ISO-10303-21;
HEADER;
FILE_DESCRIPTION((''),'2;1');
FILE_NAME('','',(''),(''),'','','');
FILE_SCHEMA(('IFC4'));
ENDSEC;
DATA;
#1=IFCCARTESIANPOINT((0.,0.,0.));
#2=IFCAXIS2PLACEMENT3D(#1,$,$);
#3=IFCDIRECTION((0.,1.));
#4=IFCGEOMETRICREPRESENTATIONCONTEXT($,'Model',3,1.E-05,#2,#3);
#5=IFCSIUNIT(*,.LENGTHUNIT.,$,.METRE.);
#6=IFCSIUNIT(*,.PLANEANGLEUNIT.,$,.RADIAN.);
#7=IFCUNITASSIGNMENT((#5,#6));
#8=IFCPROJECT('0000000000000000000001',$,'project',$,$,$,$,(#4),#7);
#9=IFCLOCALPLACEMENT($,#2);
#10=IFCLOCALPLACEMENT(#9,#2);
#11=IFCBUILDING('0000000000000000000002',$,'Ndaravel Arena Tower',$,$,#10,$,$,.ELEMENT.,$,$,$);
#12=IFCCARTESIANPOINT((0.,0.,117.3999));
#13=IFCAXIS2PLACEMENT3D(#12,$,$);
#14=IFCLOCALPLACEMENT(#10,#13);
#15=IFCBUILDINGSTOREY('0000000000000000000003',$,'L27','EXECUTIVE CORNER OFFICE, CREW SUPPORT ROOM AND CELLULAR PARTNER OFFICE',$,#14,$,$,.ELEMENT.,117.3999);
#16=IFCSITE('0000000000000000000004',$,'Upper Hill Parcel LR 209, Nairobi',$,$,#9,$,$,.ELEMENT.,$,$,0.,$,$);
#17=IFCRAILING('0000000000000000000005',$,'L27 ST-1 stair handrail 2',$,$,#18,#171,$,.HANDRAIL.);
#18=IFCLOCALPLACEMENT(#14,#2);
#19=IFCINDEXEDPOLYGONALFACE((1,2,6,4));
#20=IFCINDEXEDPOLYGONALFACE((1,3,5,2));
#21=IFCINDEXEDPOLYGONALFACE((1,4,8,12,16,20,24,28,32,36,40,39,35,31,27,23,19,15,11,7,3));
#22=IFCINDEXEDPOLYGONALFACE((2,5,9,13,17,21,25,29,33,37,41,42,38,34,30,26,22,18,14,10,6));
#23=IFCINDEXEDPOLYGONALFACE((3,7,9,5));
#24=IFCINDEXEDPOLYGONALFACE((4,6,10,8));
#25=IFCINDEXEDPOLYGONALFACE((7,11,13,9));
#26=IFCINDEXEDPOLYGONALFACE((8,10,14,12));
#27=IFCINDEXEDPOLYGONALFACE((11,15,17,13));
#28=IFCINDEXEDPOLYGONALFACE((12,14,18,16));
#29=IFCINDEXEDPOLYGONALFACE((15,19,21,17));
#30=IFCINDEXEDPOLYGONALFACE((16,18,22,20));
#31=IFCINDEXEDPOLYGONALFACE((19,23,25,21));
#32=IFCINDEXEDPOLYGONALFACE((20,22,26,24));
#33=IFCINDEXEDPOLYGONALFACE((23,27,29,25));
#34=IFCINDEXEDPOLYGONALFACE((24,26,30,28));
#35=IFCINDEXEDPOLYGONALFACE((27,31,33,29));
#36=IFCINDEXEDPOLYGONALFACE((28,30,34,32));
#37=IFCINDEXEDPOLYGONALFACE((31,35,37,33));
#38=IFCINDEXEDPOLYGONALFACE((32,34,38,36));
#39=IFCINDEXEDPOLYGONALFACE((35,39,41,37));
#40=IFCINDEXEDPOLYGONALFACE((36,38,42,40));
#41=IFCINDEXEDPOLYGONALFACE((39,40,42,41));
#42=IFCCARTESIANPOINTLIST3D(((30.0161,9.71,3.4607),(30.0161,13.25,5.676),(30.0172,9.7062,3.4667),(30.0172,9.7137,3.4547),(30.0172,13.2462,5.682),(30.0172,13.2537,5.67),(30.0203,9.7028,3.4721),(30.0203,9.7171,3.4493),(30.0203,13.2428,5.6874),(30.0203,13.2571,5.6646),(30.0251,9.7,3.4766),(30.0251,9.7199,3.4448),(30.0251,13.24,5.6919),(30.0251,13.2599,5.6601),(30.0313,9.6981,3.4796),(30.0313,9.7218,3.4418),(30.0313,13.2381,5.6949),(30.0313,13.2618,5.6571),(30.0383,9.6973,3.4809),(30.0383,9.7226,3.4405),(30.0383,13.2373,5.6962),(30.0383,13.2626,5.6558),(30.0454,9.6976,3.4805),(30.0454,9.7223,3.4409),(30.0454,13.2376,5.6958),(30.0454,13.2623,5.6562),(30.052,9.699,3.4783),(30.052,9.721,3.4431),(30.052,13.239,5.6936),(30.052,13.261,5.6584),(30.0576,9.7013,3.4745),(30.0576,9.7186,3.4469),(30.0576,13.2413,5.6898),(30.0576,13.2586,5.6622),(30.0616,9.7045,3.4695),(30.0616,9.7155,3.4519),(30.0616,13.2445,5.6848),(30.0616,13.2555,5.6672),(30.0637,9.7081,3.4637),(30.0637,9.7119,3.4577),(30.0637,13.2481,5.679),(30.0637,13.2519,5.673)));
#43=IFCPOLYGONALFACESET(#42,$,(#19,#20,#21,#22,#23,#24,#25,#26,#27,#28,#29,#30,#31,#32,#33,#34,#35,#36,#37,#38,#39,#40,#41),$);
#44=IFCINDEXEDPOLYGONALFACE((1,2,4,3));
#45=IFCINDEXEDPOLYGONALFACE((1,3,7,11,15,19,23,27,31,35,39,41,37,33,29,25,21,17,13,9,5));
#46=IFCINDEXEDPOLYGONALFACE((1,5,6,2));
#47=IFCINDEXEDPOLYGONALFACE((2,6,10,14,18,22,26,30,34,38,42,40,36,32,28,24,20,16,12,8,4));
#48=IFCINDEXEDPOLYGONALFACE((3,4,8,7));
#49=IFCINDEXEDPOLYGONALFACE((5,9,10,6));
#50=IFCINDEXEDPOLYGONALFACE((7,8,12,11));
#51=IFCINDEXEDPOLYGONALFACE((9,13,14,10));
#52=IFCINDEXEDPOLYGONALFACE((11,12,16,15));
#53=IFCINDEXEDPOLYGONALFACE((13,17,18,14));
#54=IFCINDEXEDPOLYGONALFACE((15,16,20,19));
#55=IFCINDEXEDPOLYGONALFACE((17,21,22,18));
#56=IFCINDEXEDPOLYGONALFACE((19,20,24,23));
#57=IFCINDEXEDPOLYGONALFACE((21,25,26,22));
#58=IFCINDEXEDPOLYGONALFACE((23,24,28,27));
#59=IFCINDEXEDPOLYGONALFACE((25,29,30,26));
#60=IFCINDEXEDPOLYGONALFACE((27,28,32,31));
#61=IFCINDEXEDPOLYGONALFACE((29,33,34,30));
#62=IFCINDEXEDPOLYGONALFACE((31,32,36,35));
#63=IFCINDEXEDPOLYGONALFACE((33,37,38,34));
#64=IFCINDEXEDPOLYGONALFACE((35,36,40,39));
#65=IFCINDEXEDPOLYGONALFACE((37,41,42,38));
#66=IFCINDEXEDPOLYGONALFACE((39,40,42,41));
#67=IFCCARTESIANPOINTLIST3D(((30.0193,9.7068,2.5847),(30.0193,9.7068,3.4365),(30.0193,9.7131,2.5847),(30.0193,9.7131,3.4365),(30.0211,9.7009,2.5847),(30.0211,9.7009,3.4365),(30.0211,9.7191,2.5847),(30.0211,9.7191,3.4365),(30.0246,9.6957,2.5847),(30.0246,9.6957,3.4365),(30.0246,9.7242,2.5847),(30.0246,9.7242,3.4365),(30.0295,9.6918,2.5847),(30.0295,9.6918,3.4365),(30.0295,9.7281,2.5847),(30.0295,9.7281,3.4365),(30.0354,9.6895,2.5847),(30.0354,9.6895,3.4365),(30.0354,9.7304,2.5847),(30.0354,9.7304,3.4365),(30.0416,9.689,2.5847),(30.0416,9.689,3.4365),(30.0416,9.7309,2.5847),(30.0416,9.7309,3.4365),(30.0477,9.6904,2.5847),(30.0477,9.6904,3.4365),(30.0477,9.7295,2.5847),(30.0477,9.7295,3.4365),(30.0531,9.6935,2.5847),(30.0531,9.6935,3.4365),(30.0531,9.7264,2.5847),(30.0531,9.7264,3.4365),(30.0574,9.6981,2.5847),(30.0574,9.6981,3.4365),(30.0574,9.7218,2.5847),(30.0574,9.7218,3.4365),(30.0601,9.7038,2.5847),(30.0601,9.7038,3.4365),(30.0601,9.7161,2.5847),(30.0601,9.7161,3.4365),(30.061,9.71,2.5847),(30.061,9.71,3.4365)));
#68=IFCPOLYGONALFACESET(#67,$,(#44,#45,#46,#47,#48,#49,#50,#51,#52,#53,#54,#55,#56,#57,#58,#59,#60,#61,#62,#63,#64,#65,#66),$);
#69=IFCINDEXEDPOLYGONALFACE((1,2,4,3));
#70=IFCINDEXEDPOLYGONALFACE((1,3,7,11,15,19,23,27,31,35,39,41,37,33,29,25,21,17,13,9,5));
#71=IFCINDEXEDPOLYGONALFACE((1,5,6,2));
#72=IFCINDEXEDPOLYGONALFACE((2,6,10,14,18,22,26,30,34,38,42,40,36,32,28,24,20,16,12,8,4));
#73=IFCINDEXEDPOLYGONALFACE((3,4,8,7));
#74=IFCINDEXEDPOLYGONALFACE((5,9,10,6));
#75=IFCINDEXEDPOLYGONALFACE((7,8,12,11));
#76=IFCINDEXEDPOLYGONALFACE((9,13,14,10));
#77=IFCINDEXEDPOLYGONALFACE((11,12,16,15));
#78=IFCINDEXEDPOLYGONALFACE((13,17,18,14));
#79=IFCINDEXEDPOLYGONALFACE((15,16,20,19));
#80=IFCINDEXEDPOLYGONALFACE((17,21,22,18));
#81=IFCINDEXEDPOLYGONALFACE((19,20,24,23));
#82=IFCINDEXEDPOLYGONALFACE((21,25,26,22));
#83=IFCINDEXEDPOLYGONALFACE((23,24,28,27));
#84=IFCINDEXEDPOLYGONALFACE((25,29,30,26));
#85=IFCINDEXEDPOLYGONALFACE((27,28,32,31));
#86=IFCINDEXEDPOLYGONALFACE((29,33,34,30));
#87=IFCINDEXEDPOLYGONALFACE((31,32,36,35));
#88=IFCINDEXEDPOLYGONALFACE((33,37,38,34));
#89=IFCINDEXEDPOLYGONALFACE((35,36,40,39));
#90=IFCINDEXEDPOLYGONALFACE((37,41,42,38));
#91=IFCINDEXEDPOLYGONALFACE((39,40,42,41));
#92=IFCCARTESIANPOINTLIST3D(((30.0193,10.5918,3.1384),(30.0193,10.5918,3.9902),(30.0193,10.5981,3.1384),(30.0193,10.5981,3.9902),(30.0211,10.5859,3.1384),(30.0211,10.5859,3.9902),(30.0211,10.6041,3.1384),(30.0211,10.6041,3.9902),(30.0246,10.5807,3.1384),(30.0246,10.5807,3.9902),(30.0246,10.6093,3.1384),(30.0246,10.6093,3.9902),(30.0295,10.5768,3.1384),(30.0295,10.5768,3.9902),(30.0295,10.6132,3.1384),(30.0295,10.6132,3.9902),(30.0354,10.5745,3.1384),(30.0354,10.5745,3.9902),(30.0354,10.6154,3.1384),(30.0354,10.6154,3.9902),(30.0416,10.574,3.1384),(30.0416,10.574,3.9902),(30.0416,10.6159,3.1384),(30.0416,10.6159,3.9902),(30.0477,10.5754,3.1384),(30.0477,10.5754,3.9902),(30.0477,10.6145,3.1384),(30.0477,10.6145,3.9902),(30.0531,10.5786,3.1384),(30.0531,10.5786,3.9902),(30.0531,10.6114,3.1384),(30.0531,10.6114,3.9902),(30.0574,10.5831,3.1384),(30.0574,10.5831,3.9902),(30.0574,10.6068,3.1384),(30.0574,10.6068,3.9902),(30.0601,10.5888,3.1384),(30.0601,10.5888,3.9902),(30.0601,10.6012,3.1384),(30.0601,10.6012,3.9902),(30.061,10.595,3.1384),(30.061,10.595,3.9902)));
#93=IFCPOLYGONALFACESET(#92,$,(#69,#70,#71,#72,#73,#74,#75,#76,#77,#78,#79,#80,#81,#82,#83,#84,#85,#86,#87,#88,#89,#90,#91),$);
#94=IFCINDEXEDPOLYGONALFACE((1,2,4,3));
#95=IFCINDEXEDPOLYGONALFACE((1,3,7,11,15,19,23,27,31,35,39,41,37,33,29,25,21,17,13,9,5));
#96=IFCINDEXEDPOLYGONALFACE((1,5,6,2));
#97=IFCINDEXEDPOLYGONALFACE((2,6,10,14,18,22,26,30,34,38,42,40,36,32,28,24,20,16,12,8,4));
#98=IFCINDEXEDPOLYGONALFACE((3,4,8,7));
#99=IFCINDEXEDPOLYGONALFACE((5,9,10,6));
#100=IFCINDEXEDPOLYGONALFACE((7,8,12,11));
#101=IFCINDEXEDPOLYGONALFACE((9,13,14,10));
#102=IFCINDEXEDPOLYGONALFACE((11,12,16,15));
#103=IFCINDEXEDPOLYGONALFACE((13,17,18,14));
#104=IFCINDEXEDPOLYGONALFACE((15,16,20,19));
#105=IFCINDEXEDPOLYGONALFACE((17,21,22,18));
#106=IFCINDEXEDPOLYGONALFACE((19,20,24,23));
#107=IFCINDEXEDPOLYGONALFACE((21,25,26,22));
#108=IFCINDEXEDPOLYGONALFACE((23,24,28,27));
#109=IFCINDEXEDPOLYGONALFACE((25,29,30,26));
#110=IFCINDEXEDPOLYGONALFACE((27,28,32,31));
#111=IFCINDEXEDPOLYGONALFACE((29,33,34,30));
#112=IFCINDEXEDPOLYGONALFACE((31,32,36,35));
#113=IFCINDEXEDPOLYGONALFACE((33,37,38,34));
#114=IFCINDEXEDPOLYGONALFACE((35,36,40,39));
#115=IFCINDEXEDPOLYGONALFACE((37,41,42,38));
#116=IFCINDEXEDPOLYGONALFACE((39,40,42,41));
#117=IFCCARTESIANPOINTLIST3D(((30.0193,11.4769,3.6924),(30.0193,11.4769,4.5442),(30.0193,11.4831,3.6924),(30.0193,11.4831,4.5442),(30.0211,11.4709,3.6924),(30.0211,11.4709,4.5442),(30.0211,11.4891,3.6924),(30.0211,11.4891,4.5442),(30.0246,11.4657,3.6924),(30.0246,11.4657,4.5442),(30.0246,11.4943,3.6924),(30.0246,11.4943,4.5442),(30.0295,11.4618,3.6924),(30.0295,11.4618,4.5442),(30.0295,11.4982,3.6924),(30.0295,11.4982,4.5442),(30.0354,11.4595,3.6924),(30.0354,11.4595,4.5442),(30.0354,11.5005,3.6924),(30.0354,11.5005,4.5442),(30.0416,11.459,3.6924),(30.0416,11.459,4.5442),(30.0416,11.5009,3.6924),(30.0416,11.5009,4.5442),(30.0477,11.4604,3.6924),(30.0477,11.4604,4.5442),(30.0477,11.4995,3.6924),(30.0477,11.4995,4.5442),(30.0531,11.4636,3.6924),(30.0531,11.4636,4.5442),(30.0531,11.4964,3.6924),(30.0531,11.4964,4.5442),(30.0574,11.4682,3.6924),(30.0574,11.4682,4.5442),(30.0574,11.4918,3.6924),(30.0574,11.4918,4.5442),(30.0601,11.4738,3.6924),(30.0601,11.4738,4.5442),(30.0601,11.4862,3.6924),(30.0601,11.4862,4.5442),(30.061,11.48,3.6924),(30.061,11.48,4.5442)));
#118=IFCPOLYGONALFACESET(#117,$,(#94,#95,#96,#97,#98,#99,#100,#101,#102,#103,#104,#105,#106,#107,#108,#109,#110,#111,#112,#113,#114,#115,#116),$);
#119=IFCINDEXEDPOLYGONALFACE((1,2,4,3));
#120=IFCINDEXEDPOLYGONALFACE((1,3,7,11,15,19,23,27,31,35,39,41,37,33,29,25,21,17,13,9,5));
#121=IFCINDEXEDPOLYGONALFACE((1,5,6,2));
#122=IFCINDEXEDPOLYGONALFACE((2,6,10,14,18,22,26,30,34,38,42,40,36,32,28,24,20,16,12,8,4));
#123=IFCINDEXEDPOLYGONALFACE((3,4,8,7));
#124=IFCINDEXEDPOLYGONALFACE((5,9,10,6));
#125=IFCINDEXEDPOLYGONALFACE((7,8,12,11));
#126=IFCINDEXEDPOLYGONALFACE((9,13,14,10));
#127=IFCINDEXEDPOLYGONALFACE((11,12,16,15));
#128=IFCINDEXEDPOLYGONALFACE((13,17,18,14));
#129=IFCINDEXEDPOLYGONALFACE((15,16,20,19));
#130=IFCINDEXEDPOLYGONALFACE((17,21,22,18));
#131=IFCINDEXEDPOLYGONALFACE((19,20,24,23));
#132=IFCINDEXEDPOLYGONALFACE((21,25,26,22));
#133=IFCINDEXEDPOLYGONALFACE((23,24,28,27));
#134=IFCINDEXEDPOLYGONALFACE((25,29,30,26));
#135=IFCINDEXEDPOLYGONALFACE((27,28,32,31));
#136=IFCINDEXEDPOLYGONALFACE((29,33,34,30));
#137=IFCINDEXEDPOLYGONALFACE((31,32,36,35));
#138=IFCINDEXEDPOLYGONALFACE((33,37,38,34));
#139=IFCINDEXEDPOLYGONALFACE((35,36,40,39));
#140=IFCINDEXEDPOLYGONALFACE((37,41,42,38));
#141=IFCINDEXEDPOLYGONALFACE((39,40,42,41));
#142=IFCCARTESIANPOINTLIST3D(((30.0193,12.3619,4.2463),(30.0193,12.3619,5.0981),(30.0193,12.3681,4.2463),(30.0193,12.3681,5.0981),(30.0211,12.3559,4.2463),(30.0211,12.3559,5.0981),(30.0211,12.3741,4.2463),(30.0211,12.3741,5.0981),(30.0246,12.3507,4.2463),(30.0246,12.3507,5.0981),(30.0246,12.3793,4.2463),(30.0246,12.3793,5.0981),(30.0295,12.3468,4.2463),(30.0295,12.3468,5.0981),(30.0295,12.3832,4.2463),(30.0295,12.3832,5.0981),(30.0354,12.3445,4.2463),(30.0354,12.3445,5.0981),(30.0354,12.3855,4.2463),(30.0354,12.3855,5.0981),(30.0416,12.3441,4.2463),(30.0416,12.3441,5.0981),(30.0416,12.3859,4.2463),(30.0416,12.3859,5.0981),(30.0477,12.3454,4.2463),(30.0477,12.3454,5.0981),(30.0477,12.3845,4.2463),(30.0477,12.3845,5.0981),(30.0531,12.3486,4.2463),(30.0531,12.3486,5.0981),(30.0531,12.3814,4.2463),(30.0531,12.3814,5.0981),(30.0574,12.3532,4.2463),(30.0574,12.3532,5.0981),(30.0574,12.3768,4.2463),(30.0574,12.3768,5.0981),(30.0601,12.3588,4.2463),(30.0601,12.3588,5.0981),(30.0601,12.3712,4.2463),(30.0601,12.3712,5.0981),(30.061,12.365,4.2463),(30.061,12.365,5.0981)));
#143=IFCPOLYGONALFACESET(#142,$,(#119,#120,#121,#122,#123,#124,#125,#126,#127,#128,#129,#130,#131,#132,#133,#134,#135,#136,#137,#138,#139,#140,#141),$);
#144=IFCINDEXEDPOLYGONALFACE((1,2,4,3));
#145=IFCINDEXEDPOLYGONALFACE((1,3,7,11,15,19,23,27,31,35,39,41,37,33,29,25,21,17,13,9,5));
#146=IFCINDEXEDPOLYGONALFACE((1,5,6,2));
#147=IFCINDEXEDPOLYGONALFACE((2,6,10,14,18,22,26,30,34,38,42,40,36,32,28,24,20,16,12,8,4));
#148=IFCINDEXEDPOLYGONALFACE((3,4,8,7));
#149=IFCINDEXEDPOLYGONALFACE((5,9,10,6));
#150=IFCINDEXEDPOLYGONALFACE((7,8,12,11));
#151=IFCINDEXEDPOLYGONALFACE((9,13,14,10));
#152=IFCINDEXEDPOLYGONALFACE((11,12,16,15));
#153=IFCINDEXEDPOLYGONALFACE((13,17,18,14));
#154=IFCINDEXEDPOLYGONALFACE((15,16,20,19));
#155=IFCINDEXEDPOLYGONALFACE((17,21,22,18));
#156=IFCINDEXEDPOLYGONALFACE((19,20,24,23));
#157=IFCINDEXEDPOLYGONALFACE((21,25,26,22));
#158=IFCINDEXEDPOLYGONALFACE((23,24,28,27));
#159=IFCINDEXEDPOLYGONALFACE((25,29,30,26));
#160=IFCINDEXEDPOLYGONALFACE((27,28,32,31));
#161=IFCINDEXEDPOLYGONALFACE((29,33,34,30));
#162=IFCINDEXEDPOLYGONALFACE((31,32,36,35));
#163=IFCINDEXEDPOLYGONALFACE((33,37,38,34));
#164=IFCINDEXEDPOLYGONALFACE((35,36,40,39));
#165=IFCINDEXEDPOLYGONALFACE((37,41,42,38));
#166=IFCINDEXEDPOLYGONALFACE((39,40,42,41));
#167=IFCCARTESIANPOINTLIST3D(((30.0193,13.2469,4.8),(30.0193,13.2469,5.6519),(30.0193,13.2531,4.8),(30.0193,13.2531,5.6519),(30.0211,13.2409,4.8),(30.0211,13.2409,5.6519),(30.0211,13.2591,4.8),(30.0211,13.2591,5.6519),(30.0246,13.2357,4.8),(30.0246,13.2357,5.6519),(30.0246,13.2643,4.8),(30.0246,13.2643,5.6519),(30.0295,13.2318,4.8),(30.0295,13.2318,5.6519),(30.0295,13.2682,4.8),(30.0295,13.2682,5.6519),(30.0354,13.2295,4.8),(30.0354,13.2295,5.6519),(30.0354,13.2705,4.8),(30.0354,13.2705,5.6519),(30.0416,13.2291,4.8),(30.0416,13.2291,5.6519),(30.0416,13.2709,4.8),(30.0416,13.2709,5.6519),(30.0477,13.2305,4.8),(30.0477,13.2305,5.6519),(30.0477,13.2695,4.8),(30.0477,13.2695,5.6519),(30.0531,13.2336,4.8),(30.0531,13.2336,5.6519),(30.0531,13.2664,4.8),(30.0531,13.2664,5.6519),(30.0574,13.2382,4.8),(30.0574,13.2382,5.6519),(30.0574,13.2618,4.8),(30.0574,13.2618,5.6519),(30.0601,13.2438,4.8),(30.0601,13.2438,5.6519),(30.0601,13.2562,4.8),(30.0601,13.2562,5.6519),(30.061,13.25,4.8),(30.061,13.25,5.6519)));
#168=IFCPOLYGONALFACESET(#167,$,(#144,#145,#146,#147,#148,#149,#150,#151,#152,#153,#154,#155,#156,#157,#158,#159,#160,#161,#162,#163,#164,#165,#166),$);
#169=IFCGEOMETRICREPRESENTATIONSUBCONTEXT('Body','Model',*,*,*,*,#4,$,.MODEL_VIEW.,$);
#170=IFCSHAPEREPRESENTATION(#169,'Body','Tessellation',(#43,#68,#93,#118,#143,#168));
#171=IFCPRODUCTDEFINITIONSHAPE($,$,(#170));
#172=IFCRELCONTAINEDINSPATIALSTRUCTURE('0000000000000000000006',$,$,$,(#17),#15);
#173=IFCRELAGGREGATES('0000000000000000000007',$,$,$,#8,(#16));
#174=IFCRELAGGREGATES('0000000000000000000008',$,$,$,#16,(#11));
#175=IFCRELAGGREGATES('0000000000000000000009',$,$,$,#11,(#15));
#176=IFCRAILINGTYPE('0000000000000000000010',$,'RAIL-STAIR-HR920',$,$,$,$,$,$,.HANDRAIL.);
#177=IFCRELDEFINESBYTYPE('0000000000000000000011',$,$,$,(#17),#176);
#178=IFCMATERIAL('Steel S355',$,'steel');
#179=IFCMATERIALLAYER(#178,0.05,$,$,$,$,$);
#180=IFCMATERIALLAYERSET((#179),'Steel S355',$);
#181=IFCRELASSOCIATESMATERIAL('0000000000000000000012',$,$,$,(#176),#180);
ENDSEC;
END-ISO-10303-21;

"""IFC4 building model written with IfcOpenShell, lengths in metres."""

from ifc_helpers import new_model, si_unit, direction, frame, origin, origin_2d, place, context, subcontext, project, spatial, circle, extrude, material, layer, layer_set, type_object, element, save


model = new_model("IFC4")

# Units and contexts
model_context = context("Model", 3, precision=1e-05, world=origin(), true_north=direction((0.0, 1.0)))
body_context = subcontext(model_context, "Body", "Model", "MODEL_VIEW")
ifc_project = project(units=[si_unit("LENGTHUNIT", "METRE"), si_unit("PLANEANGLEUNIT", "RADIAN")], contexts=[model_context])

# Site, building, storey
site_placement = place(None, origin())
site = spatial("IfcSite", under=ifc_project, at=site_placement, Name="Upper Hill Parcel LR 209, Nairobi", CompositionType="ELEMENT", RefElevation=0.0)
building_placement = place(site_placement, origin())
building = spatial("IfcBuilding", under=site, at=building_placement, Name="Ndaravel Arena Tower", CompositionType="ELEMENT")
storey_placement = place(building_placement, frame((0.0, 0.0, 117.3999)))
storey = spatial("IfcBuildingStorey", under=building, at=storey_placement, Name="L27", Description="EXECUTIVE CORNER OFFICE, CREW SUPPORT ROOM AND CELLULAR PARTNER OFFICE", CompositionType="ELEMENT", Elevation=117.3999)

# Railing
ifc_material_1 = material(Name="Steel S355", Category="steel")
ifc_layer_1 = layer(ifc_material_1, 0.05)
ifc_layer_set_1 = layer_set([ifc_layer_1], Name="Steel S355")
railing_type_1 = type_object("IfcRailingType", Name="RAIL-STAIR-HR920", PredefinedType="HANDRAIL", material=ifc_layer_set_1)
railing_1_placement = place(storey_placement, frame((30.04, 9.71, 2.5847)))
element("IfcRailing", 1, at=railing_1_placement, inside=storey, type_object=railing_type_1, Name="L27 ST-1 stair handrail 2", PredefinedType="HANDRAIL", context=body_context, shape_type="SweptSolid", body=[
    extrude(circle(Radius=0.0239, at=origin_2d()), frame((0.0, 0.0, 0.876), z_axis=(0.0, 0.847696, 0.530482), x_axis=(-1.0, 0.0, 0.0)), (0.0, 0.0, 1.0), 4.176),
    extrude(circle(Radius=0.021, at=origin_2d()), origin(), (0.0, 0.0, 1.0), 0.8518),
    extrude(circle(Radius=0.021, at=origin_2d()), frame((0.0, 0.885, 0.5537)), (0.0, 0.0, 1.0), 0.8518),
    extrude(circle(Radius=0.021, at=origin_2d()), frame((0.0, 1.77, 1.1077)), (0.0, 0.0, 1.0), 0.8518),
    extrude(circle(Radius=0.021, at=origin_2d()), frame((0.0, 2.655, 1.6616)), (0.0, 0.0, 1.0), 0.8518),
    extrude(circle(Radius=0.021, at=origin_2d()), frame((0.0, 3.54, 2.2153)), (0.0, 0.0, 1.0), 0.8518),
])

save(model, "model.ifc")
